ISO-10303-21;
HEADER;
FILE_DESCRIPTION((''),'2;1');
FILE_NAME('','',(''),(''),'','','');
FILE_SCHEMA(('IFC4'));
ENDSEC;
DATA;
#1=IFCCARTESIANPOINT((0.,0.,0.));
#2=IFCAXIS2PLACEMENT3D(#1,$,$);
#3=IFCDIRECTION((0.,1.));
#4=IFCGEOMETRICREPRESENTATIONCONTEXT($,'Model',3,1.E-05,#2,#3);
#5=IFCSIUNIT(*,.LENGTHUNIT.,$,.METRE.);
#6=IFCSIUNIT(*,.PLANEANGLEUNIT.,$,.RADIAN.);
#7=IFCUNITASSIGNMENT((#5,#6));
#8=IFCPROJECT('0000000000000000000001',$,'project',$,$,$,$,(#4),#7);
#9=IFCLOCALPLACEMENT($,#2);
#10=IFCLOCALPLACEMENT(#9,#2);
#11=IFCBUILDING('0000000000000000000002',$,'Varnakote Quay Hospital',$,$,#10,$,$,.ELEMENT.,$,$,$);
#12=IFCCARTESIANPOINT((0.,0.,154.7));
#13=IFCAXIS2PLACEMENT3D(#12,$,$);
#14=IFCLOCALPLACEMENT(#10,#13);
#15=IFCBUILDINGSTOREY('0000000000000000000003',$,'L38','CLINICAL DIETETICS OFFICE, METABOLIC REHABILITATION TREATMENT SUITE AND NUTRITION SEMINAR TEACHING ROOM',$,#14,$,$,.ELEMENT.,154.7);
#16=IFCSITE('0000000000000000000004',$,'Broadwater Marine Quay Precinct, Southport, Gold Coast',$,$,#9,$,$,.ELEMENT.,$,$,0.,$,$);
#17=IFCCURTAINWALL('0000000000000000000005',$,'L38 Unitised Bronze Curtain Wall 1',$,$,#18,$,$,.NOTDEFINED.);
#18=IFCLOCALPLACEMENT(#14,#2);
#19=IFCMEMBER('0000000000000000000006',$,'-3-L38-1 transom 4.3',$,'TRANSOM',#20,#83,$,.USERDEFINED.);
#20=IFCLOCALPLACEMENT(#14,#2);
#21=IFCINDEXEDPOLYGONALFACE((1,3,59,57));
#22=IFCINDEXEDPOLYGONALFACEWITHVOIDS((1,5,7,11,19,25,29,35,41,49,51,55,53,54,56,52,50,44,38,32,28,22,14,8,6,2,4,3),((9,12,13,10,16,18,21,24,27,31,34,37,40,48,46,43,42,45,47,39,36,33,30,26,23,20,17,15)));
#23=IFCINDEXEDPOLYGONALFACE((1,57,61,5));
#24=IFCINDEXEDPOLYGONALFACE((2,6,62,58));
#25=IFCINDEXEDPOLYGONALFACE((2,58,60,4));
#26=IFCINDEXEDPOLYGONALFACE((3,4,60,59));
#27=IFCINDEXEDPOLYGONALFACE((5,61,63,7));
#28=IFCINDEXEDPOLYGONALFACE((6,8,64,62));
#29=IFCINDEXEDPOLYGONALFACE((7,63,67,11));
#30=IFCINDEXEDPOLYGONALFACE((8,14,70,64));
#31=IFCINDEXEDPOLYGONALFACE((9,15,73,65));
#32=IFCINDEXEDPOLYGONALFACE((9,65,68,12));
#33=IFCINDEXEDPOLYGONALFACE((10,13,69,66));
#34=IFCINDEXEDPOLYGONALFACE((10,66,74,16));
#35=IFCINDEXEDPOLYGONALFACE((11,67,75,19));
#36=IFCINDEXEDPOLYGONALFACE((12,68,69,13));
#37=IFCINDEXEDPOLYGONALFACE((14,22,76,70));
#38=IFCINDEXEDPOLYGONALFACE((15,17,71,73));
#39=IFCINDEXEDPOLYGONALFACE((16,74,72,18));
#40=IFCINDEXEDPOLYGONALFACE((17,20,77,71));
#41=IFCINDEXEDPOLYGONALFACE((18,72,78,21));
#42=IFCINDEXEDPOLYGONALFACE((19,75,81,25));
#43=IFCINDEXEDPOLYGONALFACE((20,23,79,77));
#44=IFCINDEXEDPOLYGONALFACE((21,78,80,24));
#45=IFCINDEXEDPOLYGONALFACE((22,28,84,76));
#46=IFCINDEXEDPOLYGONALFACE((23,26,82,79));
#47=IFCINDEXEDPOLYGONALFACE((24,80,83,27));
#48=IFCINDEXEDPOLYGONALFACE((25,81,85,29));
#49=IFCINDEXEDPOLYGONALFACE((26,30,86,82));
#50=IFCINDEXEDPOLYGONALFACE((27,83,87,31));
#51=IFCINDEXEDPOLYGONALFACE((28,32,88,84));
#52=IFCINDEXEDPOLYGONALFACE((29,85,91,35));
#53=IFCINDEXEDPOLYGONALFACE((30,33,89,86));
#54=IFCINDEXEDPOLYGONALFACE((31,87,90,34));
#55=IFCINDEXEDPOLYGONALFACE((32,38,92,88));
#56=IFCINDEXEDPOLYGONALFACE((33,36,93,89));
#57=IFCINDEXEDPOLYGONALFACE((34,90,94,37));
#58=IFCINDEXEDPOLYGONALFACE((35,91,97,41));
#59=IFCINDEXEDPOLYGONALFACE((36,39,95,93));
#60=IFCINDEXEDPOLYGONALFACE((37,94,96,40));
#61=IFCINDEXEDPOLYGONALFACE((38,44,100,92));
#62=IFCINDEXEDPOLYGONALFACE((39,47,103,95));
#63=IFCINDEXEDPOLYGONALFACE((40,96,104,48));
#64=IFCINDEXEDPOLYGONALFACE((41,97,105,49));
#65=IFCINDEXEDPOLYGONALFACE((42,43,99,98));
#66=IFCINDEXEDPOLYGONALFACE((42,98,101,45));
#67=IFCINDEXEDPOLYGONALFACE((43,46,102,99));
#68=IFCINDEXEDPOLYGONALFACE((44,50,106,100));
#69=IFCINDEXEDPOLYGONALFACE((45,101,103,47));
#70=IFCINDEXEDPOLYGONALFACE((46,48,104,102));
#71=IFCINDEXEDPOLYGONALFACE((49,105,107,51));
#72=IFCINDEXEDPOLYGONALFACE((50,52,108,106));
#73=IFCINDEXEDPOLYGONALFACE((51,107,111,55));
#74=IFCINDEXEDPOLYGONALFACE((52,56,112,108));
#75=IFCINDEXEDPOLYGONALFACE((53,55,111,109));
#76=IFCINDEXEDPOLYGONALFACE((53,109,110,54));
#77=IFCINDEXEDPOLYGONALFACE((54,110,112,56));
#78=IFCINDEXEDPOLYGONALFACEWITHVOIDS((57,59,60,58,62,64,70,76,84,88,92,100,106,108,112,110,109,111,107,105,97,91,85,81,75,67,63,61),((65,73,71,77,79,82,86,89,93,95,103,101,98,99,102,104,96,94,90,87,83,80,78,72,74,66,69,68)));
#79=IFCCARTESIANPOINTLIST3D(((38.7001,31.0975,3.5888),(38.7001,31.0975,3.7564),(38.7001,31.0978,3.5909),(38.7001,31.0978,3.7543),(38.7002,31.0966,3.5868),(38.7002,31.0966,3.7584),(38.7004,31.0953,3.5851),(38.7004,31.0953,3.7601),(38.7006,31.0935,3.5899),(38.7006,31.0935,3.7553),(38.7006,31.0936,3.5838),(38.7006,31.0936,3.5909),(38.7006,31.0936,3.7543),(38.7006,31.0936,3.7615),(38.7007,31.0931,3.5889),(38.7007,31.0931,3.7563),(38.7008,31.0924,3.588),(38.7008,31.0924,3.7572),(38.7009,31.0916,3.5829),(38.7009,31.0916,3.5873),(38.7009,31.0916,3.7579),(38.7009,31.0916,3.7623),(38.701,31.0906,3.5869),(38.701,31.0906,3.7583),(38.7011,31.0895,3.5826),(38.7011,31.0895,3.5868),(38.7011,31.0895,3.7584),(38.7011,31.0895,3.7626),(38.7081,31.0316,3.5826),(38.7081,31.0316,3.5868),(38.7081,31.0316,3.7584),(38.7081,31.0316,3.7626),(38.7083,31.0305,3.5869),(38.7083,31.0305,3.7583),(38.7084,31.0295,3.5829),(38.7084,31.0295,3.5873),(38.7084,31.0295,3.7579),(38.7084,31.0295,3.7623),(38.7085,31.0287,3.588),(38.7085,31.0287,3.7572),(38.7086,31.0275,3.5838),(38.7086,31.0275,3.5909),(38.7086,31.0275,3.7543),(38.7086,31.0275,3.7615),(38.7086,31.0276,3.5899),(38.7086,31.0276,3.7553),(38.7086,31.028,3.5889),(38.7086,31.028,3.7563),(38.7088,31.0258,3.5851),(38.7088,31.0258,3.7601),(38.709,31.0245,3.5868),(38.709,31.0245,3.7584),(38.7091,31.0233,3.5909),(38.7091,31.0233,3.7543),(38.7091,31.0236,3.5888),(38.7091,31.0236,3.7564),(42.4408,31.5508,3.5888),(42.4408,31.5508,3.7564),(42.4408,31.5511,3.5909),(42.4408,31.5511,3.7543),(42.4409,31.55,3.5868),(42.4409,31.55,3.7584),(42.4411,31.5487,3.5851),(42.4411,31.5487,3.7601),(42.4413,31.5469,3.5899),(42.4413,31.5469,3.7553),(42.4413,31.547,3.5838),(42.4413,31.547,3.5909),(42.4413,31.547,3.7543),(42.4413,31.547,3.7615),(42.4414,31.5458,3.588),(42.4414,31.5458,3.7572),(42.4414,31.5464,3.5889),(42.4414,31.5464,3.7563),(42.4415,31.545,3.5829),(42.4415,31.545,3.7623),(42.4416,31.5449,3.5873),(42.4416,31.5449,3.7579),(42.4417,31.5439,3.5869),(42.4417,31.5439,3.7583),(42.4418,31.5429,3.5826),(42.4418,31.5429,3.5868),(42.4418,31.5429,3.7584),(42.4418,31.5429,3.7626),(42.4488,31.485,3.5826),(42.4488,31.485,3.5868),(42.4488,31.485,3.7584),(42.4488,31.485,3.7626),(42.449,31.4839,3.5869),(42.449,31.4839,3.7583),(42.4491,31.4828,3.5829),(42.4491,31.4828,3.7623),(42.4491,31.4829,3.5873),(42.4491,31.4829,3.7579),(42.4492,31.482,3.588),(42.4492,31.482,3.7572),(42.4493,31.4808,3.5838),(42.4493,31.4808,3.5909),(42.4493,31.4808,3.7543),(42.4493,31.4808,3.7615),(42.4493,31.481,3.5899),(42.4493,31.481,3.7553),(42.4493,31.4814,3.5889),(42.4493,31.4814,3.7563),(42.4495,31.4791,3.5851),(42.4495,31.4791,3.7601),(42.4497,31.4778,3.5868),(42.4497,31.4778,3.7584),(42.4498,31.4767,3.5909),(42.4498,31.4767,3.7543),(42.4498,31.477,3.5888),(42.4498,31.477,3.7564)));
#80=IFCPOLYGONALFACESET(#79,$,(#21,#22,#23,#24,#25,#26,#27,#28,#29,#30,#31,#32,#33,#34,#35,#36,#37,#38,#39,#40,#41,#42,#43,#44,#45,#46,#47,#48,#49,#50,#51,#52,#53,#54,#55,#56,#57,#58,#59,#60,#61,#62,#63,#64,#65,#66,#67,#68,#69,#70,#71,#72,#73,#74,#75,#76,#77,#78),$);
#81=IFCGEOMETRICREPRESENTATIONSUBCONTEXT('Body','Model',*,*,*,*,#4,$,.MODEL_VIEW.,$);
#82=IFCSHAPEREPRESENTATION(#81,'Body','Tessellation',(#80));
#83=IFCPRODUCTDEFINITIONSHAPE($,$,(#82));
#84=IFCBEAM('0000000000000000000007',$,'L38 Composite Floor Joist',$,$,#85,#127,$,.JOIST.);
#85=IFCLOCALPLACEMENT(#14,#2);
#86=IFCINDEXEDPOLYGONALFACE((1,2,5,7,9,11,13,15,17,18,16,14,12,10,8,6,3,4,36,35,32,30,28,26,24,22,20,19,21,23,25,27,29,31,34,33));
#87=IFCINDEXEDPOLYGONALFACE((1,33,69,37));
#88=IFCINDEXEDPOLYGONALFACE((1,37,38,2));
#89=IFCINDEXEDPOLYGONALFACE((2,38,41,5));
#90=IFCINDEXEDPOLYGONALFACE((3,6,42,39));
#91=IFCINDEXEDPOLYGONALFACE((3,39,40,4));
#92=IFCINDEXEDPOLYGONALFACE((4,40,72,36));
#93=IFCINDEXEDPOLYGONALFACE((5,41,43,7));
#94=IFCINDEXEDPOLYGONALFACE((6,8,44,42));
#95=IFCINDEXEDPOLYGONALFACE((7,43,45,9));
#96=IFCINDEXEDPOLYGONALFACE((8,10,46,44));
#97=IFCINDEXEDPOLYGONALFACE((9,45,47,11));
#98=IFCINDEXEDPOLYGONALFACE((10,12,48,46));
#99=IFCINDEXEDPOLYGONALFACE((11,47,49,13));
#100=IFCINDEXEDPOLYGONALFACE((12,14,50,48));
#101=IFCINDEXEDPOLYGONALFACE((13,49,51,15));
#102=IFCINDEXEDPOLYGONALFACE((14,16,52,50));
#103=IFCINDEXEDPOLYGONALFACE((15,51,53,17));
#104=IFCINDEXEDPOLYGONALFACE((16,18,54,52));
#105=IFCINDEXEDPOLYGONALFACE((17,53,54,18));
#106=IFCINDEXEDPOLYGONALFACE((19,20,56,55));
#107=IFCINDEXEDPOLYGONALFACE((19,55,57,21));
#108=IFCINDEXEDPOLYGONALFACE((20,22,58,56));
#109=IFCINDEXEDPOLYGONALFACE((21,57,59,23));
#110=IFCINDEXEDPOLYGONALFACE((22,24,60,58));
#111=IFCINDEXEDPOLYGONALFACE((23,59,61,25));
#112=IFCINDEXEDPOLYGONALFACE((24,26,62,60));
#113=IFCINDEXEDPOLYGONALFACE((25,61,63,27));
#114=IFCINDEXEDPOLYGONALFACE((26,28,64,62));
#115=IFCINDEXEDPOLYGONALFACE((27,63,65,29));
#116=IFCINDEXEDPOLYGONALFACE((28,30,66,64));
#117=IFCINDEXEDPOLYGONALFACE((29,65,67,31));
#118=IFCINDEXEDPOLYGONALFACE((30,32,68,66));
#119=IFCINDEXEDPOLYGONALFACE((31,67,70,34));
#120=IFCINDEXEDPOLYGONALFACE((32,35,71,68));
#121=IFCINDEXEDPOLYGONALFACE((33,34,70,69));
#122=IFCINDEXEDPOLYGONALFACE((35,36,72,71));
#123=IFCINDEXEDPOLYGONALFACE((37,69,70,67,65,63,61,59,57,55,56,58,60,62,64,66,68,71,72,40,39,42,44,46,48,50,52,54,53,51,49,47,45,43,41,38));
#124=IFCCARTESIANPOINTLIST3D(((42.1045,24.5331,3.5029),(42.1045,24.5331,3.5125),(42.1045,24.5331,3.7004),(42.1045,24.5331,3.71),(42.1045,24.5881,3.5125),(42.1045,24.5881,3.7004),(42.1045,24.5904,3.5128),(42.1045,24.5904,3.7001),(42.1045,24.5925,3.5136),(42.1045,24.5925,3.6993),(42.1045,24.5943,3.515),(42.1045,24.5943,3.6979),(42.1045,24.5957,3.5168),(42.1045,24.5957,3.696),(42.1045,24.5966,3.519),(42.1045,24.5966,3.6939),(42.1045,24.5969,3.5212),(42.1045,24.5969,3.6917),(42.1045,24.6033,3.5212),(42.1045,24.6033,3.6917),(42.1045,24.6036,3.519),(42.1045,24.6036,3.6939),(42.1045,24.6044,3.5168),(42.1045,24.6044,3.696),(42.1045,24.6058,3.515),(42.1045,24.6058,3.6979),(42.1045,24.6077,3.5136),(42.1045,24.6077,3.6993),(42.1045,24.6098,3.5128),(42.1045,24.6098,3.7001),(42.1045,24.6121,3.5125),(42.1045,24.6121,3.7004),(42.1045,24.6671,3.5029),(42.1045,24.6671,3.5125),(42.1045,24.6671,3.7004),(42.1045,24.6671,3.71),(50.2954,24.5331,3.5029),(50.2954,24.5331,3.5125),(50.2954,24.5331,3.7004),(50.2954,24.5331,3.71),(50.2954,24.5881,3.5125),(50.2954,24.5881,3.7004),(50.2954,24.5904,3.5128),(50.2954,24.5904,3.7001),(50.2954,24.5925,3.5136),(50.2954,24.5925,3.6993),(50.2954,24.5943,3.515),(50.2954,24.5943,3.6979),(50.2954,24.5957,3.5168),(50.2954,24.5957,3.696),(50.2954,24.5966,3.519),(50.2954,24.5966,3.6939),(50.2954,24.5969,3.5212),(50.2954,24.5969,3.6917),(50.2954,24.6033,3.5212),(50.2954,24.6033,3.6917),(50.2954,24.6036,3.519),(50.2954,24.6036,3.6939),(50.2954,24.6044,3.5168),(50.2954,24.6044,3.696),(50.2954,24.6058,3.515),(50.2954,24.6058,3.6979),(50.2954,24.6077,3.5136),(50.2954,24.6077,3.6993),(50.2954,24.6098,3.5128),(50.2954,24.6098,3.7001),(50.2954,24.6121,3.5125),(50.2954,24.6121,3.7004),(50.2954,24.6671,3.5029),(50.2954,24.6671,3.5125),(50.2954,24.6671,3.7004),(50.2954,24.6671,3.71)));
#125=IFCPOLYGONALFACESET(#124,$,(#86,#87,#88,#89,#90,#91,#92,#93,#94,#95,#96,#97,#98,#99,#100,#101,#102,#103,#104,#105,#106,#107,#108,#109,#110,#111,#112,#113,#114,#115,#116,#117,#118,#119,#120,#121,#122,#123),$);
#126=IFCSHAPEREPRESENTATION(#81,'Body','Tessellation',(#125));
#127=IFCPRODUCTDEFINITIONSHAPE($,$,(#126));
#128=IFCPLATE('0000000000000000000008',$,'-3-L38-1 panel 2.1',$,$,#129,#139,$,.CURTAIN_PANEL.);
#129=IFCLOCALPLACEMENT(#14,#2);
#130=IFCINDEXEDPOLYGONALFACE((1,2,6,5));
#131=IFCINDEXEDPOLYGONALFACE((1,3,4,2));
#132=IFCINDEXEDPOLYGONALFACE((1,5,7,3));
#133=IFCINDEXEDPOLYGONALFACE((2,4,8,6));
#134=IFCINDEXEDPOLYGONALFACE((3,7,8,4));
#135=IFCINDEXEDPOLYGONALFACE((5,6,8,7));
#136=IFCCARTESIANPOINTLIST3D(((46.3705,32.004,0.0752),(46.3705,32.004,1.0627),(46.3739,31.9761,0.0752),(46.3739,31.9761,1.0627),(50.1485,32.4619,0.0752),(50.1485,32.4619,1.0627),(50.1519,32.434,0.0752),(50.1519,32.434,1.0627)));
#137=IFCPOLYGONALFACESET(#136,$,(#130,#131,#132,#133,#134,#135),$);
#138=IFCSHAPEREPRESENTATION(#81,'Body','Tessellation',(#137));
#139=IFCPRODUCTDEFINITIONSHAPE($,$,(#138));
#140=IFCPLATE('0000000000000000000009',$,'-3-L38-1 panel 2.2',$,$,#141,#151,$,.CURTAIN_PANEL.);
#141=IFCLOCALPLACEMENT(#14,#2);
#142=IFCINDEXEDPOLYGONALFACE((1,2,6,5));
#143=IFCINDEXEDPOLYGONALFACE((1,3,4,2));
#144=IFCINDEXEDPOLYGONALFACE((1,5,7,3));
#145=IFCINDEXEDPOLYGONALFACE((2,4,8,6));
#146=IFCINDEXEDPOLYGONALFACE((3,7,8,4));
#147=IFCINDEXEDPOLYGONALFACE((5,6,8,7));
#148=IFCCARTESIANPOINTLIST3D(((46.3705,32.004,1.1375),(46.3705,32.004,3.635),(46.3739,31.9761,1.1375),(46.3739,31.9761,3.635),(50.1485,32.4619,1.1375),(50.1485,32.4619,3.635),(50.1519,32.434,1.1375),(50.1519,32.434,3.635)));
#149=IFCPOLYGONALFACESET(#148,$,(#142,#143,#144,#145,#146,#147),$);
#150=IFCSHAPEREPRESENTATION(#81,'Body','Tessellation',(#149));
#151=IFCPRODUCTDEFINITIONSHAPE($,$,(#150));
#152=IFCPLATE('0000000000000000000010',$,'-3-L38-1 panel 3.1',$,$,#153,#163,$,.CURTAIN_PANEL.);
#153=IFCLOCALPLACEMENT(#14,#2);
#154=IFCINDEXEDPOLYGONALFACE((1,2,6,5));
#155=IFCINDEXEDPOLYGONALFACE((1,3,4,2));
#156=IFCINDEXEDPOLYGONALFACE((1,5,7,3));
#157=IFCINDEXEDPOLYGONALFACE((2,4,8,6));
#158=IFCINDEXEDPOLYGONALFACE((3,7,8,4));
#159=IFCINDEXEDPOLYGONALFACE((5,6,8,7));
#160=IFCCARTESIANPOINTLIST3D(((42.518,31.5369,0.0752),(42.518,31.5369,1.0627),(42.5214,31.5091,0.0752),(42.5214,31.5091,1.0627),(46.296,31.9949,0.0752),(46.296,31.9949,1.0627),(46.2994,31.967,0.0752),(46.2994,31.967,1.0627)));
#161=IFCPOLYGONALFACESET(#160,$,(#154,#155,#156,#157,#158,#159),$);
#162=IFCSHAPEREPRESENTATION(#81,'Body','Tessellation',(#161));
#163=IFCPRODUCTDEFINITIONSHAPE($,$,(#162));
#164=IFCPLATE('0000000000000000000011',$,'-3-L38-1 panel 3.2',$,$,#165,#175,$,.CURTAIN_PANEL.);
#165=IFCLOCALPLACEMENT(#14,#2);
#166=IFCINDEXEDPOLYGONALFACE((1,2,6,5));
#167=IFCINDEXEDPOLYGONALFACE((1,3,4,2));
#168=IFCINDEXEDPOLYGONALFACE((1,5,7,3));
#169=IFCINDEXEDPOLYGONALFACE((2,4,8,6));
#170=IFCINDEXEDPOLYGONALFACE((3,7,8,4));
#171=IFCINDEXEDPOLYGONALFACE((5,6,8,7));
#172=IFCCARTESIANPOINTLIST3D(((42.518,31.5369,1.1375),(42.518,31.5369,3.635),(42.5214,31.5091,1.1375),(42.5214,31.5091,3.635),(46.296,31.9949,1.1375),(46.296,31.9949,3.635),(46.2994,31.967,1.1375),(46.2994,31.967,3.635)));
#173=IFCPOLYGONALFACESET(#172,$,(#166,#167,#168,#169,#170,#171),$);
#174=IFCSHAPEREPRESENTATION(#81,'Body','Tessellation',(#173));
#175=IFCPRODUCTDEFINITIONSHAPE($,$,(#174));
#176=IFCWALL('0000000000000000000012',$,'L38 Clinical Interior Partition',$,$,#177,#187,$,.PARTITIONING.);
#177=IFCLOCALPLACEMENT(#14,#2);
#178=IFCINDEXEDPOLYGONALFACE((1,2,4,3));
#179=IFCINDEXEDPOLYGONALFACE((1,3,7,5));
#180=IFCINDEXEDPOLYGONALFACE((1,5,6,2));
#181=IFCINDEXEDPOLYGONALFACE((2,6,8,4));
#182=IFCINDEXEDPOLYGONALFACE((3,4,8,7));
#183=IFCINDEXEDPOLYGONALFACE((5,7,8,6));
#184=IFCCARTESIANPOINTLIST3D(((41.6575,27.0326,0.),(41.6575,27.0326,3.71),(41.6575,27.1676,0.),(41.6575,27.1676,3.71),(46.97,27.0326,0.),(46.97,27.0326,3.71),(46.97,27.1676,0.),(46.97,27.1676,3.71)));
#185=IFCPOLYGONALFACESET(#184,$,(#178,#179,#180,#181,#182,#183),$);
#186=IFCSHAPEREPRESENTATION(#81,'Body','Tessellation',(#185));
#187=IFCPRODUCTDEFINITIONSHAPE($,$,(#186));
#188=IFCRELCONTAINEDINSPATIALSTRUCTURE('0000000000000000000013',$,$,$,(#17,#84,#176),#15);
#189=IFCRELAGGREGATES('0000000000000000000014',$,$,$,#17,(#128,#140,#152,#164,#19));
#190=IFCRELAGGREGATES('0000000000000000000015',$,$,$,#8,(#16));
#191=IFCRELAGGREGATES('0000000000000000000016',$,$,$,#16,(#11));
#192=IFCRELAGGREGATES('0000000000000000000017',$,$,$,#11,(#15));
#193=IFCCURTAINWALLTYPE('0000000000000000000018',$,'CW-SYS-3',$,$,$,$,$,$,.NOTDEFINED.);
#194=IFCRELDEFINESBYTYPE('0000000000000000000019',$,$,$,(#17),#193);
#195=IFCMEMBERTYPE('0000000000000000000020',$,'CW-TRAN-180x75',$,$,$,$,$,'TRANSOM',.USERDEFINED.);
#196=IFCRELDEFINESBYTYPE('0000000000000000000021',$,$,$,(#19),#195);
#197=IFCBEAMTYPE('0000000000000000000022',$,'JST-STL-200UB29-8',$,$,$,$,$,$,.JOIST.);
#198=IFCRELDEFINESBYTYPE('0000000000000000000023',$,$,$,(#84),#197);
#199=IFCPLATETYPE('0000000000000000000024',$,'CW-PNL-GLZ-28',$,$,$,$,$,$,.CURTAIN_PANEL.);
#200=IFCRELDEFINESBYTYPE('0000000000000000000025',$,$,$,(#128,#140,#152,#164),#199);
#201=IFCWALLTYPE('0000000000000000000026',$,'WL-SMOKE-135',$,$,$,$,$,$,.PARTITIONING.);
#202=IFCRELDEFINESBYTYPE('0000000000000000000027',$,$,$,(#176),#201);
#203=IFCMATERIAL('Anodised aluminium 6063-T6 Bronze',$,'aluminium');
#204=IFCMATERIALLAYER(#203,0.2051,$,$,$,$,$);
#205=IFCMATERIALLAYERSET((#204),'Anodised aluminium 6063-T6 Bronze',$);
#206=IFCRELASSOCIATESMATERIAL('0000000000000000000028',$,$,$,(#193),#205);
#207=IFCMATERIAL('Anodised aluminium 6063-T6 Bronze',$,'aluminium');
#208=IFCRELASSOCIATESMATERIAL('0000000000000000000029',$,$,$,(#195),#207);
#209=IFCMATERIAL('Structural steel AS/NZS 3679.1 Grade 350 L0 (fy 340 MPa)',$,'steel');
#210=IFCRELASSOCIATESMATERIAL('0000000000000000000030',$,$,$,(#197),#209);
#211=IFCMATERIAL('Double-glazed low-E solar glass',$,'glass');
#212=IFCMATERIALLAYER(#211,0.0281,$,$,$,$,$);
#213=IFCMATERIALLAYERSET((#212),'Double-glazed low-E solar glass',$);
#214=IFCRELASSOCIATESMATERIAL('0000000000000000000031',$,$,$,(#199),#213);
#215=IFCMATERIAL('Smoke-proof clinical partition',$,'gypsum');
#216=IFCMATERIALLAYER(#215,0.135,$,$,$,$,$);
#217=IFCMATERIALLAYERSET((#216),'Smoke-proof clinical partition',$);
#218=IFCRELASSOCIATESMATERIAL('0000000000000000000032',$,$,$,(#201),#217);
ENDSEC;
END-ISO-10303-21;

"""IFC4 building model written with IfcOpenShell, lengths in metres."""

from ifc_helpers import new_model, si_unit, direction, frame, frame_2d, origin, origin_2d, place, context, subcontext, project, spatial, rectangle, hollow_rectangle, i_section, extrude, material, layer, layer_set, material_profile, profile_set, type_object, element, aggregate, save


model = new_model("IFC4")

# Units and contexts
model_context = context("Model", 3, precision=1e-05, world=origin(), true_north=direction((0.0, 1.0)))
body_context = subcontext(model_context, "Body", "Model", "MODEL_VIEW")
ifc_project = project(units=[si_unit("LENGTHUNIT", "METRE"), si_unit("PLANEANGLEUNIT", "RADIAN")], contexts=[model_context])

# Site, building, storey
site_placement = place(None, origin())
site = spatial("IfcSite", under=ifc_project, at=site_placement, Name="Broadwater Marine Quay Precinct, Southport, Gold Coast", CompositionType="ELEMENT", RefElevation=0.0)
building_placement = place(site_placement, origin())
building = spatial("IfcBuilding", under=site, at=building_placement, Name="Varnakote Quay Hospital", CompositionType="ELEMENT")
storey_placement = place(building_placement, frame((0.0, 0.0, 154.7)))
storey = spatial("IfcBuildingStorey", under=building, at=storey_placement, Name="L38", Description="CLINICAL DIETETICS OFFICE, METABOLIC REHABILITATION TREATMENT SUITE AND NUTRITION SEMINAR TEACHING ROOM", CompositionType="ELEMENT", Elevation=154.7)

# Curtain wall, member
ifc_material_1 = material(Name="Anodised aluminium 6063-T6 Bronze", Category="aluminium")
ifc_layer_1 = layer(ifc_material_1, 0.2051)
ifc_layer_set_1 = layer_set([ifc_layer_1], Name="Anodised aluminium 6063-T6 Bronze")
curtain_wall_type = type_object("IfcCurtainWallType", Name="CW-SYS-3", PredefinedType="NOTDEFINED", material=ifc_layer_set_1)
curtain_wall_placement = place(storey_placement, origin())
curtain_wall = element("IfcCurtainWall", 1, at=curtain_wall_placement, inside=storey, type_object=curtain_wall_type, Name="L38 Unitised Bronze Curtain Wall 1", PredefinedType="NOTDEFINED")
ifc_material_2 = material(Name="Anodised aluminium 6063-T6 Bronze", Category="aluminium")
ifc_material_profile_1 = material_profile(ifc_material_2, hollow_rectangle(XDim=0.075, YDim=0.1799, WallThickness=0.0042, InnerFilletRadius=0.0042, OuterFilletRadius=0.0083, at=origin_2d()), Name="CW-TRAN-180x75")
ifc_profile_set_1 = profile_set([ifc_material_profile_1], Name="Anodised aluminium 6063-T6 Bronze")
member_type_1 = type_object("IfcMemberType", Name="CW-TRAN-180x75", ElementType="TRANSOM", PredefinedType="USERDEFINED", material=ifc_profile_set_1)
member_1_placement = place(storey_placement, frame((42.4453, 31.5139, 3.6726), z_axis=(-0.992735, -0.120318, 0.0), x_axis=(0.120318, -0.992735, 0.0)))
member_1 = element("IfcMember", 2, at=member_1_placement, type_object=member_type_1, Name="-3-L38-1 transom 4.3", ObjectType="TRANSOM", PredefinedType="USERDEFINED", context=body_context, shape_type="SweptSolid", body=[
    extrude(hollow_rectangle(XDim=0.075, YDim=0.1799, WallThickness=0.0042, InnerFilletRadius=0.0042, OuterFilletRadius=0.0083, at=origin_2d()), origin(), (0.0, 0.0, 1.0), 3.7681),
])

# Beam
ifc_material_3 = material(Name="Structural steel AS/NZS 3679.1 Grade 350 L0 (fy 340 MPa)", Category="steel")
ifc_material_profile_2 = material_profile(ifc_material_3, i_section(OverallWidth=0.134, OverallDepth=0.207, WebThickness=0.0063, FlangeThickness=0.0095, FilletRadius=0.0088, at=origin_2d()), Name="200UB29.8")
ifc_profile_set_2 = profile_set([ifc_material_profile_2], Name="Structural steel AS/NZS 3679.1 Grade 350 L0 (fy 340 MPa)")
beam_type_1 = type_object("IfcBeamType", Name="JST-STL-200UB29-8", PredefinedType="JOIST", material=ifc_profile_set_2)
beam_1_placement = place(storey_placement, frame((42.1045, 24.6001, 3.6064), z_axis=(1.0, 0.0, 0.0), x_axis=(0.0, 1.0, 0.0)))
element("IfcBeam", 3, at=beam_1_placement, inside=storey, type_object=beam_type_1, Name="L38 Composite Floor Joist", PredefinedType="JOIST", context=body_context, shape_type="SweptSolid", body=[
    extrude(i_section(OverallWidth=0.134, OverallDepth=0.207, WebThickness=0.0063, FlangeThickness=0.0095, FilletRadius=0.0088, at=origin_2d()), origin(), (0.0, 0.0, 1.0), 8.1909),
])

# Plates
ifc_material_4 = material(Name="Double-glazed low-E solar glass", Category="glass")
ifc_layer_2 = layer(ifc_material_4, 0.0281)
ifc_layer_set_2 = layer_set([ifc_layer_2], Name="Double-glazed low-E solar glass")
plate_type = type_object("IfcPlateType", Name="CW-PNL-GLZ-28", PredefinedType="CURTAIN_PANEL", material=ifc_layer_set_2)
plate_1_placement = place(storey_placement, frame((48.2612, 32.219, 0.0752), z_axis=(0.0, 0.0, 1.0), x_axis=(-0.992734, -0.120327, 0.0)))
plate_1 = element("IfcPlate", 4, at=plate_1_placement, type_object=plate_type, Name="-3-L38-1 panel 2.1", PredefinedType="CURTAIN_PANEL", context=body_context, shape_type="SweptSolid", body=[
    extrude(rectangle(XDim=3.8057, YDim=0.0281, at=origin_2d()), origin(), (0.0, 0.0, 1.0), 0.9875),
])
plate_2_placement = place(storey_placement, frame((48.2612, 32.219, 1.1375), z_axis=(0.0, 0.0, 1.0), x_axis=(-0.992734, -0.120327, 0.0)))
plate_2 = element("IfcPlate", 5, at=plate_2_placement, type_object=plate_type, Name="-3-L38-1 panel 2.2", PredefinedType="CURTAIN_PANEL", context=body_context, shape_type="SweptSolid", body=[
    extrude(rectangle(XDim=3.8057, YDim=0.0281, at=origin_2d()), origin(), (0.0, 0.0, 1.0), 2.4976),
])
plate_3_placement = place(storey_placement, frame((44.4087, 31.752, 0.0752), z_axis=(0.0, 0.0, 1.0), x_axis=(-0.992734, -0.120327, 0.0)))
plate_3 = element("IfcPlate", 6, at=plate_3_placement, type_object=plate_type, Name="-3-L38-1 panel 3.1", PredefinedType="CURTAIN_PANEL", context=body_context, shape_type="SweptSolid", body=[
    extrude(rectangle(XDim=3.8057, YDim=0.0281, at=origin_2d()), origin(), (0.0, 0.0, 1.0), 0.9875),
])
plate_4_placement = place(storey_placement, frame((44.4087, 31.752, 1.1375), z_axis=(0.0, 0.0, 1.0), x_axis=(-0.992734, -0.120327, 0.0)))
plate_4 = element("IfcPlate", 7, at=plate_4_placement, type_object=plate_type, Name="-3-L38-1 panel 3.2", PredefinedType="CURTAIN_PANEL", context=body_context, shape_type="SweptSolid", body=[
    extrude(rectangle(XDim=3.8057, YDim=0.0281, at=origin_2d()), origin(), (0.0, 0.0, 1.0), 2.4976),
])
aggregate(curtain_wall, [plate_1, plate_2, plate_3, plate_4, member_1])

# Wall
ifc_material_5 = material(Name="Smoke-proof clinical partition", Category="gypsum")
ifc_layer_3 = layer(ifc_material_5, 0.135)
ifc_layer_set_3 = layer_set([ifc_layer_3], Name="Smoke-proof clinical partition")
wall_type = type_object("IfcWallType", Name="WL-SMOKE-135", PredefinedType="PARTITIONING", material=ifc_layer_set_3)
wall_placement = place(storey_placement, frame((46.97, 27.1001, 0.0), z_axis=(0.0, 0.0, 1.0), x_axis=(-1.0, 0.0, 0.0)))
element("IfcWall", 8, at=wall_placement, inside=storey, type_object=wall_type, Name="L38 Clinical Interior Partition", PredefinedType="PARTITIONING", context=body_context, shape_type="SweptSolid", body=[
    extrude(rectangle(XDim=5.3125, YDim=0.135, at=frame_2d((2.6562, 0.0))), origin(), (0.0, 0.0, 1.0), 3.71),
])

save(model, "model.ifc")
